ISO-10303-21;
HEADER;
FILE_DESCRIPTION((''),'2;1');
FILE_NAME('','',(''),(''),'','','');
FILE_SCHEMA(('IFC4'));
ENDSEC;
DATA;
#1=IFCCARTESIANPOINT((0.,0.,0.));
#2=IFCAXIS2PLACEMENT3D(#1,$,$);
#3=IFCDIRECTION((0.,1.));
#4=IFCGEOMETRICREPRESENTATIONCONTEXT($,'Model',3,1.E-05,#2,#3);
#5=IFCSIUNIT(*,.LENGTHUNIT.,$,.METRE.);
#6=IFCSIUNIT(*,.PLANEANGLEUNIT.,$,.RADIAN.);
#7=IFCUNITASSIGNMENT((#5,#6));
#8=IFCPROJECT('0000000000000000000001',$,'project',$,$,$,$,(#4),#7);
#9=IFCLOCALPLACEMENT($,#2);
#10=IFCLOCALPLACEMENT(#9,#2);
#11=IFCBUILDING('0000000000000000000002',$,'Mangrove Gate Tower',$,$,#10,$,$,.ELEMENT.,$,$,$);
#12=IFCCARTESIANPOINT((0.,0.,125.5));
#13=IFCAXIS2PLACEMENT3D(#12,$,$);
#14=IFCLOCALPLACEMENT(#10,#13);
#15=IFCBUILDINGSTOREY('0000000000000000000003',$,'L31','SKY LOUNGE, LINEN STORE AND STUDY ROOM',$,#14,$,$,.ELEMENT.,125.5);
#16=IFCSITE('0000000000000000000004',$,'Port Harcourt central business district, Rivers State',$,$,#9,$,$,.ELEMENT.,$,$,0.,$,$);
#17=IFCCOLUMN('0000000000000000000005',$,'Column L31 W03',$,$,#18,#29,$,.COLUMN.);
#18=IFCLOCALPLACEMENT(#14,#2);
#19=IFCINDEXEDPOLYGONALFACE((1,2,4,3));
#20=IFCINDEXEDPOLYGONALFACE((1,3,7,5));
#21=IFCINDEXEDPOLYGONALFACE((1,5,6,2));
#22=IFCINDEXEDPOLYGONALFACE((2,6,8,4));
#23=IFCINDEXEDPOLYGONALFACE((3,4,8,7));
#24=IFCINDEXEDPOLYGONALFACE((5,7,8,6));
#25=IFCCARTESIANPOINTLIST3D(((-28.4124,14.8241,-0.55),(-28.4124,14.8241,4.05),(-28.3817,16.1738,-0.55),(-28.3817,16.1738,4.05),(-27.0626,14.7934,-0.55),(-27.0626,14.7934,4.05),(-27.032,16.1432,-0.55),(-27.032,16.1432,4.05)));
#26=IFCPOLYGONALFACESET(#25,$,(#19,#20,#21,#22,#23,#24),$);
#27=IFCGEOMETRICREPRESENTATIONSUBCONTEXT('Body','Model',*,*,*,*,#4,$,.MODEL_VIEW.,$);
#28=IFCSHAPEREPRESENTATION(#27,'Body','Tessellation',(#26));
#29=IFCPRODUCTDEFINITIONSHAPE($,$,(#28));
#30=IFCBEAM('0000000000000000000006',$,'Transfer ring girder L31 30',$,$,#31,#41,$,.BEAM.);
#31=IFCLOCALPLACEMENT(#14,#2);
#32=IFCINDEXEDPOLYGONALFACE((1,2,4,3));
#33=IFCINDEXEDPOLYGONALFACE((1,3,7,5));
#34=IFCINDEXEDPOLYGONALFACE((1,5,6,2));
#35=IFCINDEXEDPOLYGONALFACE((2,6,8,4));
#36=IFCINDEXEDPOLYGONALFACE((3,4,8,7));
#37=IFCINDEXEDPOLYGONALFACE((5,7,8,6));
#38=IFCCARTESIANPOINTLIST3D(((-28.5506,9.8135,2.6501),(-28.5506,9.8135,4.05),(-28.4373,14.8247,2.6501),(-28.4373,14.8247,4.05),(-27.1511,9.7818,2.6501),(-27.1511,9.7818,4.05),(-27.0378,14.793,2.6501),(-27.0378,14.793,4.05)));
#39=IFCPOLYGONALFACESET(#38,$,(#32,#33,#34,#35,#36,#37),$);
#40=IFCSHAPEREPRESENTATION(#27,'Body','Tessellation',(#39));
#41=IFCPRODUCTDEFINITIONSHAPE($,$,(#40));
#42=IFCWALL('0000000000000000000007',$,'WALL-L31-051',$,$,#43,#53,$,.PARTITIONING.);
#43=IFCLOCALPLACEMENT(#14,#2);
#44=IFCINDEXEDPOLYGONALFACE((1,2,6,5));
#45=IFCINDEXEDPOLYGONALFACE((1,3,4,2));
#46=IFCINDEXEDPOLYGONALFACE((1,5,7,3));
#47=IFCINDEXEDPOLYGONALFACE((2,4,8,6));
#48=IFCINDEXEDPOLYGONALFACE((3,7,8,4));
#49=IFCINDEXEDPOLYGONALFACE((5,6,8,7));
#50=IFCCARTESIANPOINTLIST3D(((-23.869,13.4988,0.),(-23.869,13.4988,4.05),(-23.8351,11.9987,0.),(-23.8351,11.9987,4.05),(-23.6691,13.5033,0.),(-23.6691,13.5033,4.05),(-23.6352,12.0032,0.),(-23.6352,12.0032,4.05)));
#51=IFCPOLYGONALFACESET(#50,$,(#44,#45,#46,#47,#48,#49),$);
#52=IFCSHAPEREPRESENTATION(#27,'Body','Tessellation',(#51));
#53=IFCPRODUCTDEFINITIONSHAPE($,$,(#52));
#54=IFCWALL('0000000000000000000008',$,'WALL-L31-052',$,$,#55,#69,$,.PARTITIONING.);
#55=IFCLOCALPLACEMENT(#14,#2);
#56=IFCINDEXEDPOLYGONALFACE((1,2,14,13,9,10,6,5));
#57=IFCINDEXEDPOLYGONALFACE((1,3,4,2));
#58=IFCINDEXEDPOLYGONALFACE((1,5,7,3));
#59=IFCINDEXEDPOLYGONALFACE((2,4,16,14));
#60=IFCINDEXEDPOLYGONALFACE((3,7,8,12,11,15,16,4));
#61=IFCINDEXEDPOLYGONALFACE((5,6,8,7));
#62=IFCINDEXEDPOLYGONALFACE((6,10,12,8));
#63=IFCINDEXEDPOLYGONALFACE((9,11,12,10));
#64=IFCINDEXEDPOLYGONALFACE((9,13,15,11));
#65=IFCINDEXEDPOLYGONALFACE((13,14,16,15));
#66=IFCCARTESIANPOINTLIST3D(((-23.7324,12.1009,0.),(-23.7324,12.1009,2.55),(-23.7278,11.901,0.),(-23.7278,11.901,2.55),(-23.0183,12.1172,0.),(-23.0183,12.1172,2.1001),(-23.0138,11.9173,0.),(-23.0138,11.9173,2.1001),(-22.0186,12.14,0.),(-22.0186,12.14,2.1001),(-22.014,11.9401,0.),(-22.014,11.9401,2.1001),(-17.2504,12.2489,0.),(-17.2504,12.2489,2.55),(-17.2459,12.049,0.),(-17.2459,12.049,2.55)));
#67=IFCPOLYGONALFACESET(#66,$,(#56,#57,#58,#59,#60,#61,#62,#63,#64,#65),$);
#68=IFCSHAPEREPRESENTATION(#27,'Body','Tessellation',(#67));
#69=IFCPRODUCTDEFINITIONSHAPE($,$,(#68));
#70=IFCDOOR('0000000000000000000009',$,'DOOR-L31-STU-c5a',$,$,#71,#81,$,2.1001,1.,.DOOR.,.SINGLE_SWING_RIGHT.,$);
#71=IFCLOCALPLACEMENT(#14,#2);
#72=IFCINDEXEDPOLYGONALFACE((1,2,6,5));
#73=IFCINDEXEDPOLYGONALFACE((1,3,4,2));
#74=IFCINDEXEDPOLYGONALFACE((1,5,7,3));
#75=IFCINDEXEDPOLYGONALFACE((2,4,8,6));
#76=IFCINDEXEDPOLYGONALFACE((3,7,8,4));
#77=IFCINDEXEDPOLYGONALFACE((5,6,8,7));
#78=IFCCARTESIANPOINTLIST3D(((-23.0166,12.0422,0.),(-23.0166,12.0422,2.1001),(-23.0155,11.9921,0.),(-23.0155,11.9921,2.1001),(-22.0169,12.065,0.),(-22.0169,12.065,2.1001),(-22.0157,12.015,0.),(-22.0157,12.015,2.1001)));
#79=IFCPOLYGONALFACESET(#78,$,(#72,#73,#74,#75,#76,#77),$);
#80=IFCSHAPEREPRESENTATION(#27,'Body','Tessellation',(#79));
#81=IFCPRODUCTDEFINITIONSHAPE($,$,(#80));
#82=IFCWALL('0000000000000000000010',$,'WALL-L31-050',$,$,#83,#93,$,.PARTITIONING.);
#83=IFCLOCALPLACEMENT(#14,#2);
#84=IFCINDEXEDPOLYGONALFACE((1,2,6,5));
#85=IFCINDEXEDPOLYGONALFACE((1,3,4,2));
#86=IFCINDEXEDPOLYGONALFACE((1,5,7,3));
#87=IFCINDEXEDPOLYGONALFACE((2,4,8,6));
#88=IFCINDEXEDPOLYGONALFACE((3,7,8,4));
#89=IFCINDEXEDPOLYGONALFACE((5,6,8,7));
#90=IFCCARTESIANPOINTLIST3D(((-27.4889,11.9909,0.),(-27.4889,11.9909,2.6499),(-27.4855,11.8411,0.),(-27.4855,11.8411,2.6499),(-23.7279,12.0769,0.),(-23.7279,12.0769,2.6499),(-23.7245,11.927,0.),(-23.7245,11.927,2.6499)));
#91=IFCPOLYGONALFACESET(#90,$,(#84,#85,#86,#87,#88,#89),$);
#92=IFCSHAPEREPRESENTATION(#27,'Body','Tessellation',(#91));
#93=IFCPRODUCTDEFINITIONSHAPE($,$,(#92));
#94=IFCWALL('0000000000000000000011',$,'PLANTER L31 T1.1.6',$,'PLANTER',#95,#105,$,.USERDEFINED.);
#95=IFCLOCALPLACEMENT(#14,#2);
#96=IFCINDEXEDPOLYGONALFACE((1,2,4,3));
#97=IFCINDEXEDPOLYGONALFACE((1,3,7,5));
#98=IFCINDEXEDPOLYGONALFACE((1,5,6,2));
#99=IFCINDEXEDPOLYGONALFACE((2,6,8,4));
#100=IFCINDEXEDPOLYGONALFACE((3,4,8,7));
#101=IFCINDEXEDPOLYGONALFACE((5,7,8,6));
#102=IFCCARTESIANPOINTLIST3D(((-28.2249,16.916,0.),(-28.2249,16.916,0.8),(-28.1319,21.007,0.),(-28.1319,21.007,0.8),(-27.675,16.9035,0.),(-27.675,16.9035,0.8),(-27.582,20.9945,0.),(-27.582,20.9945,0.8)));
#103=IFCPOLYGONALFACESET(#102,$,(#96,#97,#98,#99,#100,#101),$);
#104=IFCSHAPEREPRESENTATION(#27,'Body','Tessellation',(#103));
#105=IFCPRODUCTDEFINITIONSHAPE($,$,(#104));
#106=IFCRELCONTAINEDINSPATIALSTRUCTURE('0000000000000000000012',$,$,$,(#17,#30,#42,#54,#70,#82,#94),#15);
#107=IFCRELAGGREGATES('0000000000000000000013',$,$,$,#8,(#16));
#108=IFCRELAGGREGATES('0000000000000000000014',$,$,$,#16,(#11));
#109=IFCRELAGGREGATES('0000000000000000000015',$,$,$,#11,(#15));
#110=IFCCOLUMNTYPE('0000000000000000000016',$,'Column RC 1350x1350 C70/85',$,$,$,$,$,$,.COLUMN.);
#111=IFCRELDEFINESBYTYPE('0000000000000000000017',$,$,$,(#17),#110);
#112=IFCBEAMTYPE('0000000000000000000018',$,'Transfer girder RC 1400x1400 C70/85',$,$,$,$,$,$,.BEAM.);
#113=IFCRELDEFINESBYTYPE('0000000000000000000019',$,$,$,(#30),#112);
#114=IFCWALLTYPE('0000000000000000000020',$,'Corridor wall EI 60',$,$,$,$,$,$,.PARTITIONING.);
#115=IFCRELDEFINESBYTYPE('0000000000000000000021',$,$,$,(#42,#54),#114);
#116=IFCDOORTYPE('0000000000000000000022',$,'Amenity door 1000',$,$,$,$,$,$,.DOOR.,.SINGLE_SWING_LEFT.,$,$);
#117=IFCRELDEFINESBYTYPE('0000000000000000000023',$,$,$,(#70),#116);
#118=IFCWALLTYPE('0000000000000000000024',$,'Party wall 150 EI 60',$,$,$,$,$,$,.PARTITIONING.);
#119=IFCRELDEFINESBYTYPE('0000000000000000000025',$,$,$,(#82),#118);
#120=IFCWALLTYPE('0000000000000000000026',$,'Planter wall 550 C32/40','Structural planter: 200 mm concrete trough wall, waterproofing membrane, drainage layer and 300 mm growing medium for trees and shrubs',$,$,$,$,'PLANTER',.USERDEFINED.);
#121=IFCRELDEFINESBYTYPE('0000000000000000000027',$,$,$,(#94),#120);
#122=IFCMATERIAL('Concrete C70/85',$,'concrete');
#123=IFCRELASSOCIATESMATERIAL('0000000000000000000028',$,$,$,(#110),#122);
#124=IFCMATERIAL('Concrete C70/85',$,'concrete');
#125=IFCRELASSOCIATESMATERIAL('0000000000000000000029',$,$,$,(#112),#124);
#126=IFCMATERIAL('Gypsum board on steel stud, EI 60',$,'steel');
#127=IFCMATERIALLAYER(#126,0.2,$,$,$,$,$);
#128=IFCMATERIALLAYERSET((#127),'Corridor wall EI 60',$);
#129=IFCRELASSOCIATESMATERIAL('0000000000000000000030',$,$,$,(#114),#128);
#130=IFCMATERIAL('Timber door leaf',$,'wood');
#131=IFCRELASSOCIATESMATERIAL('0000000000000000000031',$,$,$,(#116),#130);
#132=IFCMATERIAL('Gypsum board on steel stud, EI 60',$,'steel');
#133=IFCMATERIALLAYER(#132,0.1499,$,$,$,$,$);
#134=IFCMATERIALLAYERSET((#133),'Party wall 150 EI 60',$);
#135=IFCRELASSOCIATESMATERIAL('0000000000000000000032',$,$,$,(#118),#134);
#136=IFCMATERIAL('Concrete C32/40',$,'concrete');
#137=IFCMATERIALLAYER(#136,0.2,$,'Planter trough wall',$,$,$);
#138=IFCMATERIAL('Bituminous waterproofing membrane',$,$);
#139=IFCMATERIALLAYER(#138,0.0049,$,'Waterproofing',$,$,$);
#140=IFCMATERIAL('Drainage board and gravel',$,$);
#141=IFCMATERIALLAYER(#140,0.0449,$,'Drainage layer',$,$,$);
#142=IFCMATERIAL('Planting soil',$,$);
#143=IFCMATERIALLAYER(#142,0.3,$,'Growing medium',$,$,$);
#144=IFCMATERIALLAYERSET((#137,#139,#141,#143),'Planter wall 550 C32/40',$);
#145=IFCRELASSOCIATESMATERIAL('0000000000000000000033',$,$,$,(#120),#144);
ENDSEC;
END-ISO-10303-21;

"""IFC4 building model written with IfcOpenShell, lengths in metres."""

from ifc_helpers import new_model, si_unit, direction, frame, frame_2d, origin, origin_2d, place, context, subcontext, project, spatial, rectangle, extrude, material, layer, layer_set, material_profile, profile_set, type_object, element, fill, save


model = new_model("IFC4")

# Units and contexts
model_context = context("Model", 3, precision=1e-05, world=origin(), true_north=direction((0.0, 1.0)))
body_context = subcontext(model_context, "Body", "Model", "MODEL_VIEW")
ifc_project = project(units=[si_unit("LENGTHUNIT", "METRE"), si_unit("PLANEANGLEUNIT", "RADIAN")], contexts=[model_context])

# Site, building, storey
site_placement = place(None, origin())
site = spatial("IfcSite", under=ifc_project, at=site_placement, Name="Port Harcourt central business district, Rivers State", CompositionType="ELEMENT", RefElevation=0.0)
building_placement = place(site_placement, origin())
building = spatial("IfcBuilding", under=site, at=building_placement, Name="Mangrove Gate Tower", CompositionType="ELEMENT")
storey_placement = place(building_placement, frame((0.0, 0.0, 125.5)))
storey = spatial("IfcBuildingStorey", under=building, at=storey_placement, Name="L31", Description="SKY LOUNGE, LINEN STORE AND STUDY ROOM", CompositionType="ELEMENT", Elevation=125.5)

# Column
ifc_material_1 = material(Name="Concrete C70/85", Category="concrete")
ifc_material_profile_1 = material_profile(ifc_material_1, rectangle(XDim=1.3501, YDim=1.3501, at=origin_2d()))
ifc_profile_set_1 = profile_set([ifc_material_profile_1], Name="Concrete C70/85")
column_type = type_object("IfcColumnType", Name="Column RC 1350x1350 C70/85", PredefinedType="COLUMN", material=ifc_profile_set_1)
column_placement = place(storey_placement, frame((-27.7222, 15.4836, -0.55), z_axis=(0.0, 0.0, 1.0), x_axis=(-0.022711, -0.999742, 0.0)))
element("IfcColumn", 1, at=column_placement, inside=storey, type_object=column_type, Name="Column L31 W03", PredefinedType="COLUMN", context=body_context, shape_type="SweptSolid", body=[
    extrude(rectangle(XDim=1.3501, YDim=1.3501, at=origin_2d()), origin(), (0.0, 0.0, 1.0), 4.6001),
])

# Beam
ifc_material_2 = material(Name="Concrete C70/85", Category="concrete")
ifc_material_profile_2 = material_profile(ifc_material_2, rectangle(XDim=1.3999, YDim=1.3999, at=origin_2d()))
ifc_profile_set_2 = profile_set([ifc_material_profile_2], Name="Concrete C70/85")
beam_type = type_object("IfcBeamType", Name="Transfer girder RC 1400x1400 C70/85", PredefinedType="BEAM", material=ifc_profile_set_2)
beam_placement = place(storey_placement, frame((-27.7375, 14.8088, 3.3501), z_axis=(-0.0226, -0.999745, 0.0), x_axis=(0.999745, -0.0226, 0.0)))
element("IfcBeam", 2, at=beam_placement, inside=storey, type_object=beam_type, Name="Transfer ring girder L31 30", PredefinedType="BEAM", context=body_context, shape_type="SweptSolid", body=[
    extrude(rectangle(XDim=1.3999, YDim=1.3999, at=origin_2d()), origin(), (0.0, 0.0, 1.0), 5.0125),
])

# Wall
ifc_material_3 = material(Name="Gypsum board on steel stud, EI 60", Category="steel")
ifc_layer_1 = layer(ifc_material_3, 0.2)
ifc_layer_set_1 = layer_set([ifc_layer_1], Name="Corridor wall EI 60")
wall_type_1 = type_object("IfcWallType", Name="Corridor wall EI 60", PredefinedType="PARTITIONING", material=ifc_layer_set_1)
wall_1_placement = place(storey_placement, frame((-23.7351, 12.001, 0.0), z_axis=(0.0, 0.0, 1.0), x_axis=(-0.022618, 0.999744, 0.0)))
element("IfcWall", 3, at=wall_1_placement, inside=storey, type_object=wall_type_1, Name="WALL-L31-051", PredefinedType="PARTITIONING", context=body_context, shape_type="SweptSolid", body=[
    extrude(rectangle(XDim=1.5005, YDim=0.2, at=frame_2d((0.7502, 0.0))), origin(), (0.0, 0.0, 1.0), 4.05),
])

# Wall, opening, door
wall_2_placement = place(storey_placement, frame((-23.73, 12.001, 0.0), z_axis=(0.0, 0.0, 1.0), x_axis=(0.99974, 0.022819, 0.0)))
wall_2 = element("IfcWall", 4, at=wall_2_placement, inside=storey, type_object=wall_type_1, Name="WALL-L31-052", PredefinedType="PARTITIONING", context=body_context, shape_type="SweptSolid", body=[
    extrude(rectangle(XDim=6.4836, YDim=0.2, at=frame_2d((3.2417, 0.0))), origin(), (0.0, 0.0, 1.0), 2.55),
])
opening_1_placement = place(wall_2_placement, frame((0.7141, 0.0, 0.0)))
opening_1 = element("IfcOpeningElement", 5, at=opening_1_placement, cuts=wall_2, PredefinedType="OPENING", context=body_context, shape_type="SweptSolid", body=[
    extrude(rectangle(XDim=1.0, YDim=2.1001, at=frame_2d((0.5, 1.05))), frame((0.0, 0.1099, 0.0), z_axis=(0.0, -1.0, 0.0), x_axis=(1.0, 0.0, 0.0)), (0.0, 0.0, 1.0), 0.22),
])
ifc_material_4 = material(Name="Timber door leaf", Category="wood")
door_type_1 = type_object("IfcDoorType", Name="Amenity door 1000", OperationType="SINGLE_SWING_LEFT", PredefinedType="DOOR", material=ifc_material_4)
door_1_placement = place(opening_1_placement, origin())
door_1 = element("IfcDoor", 6, at=door_1_placement, inside=storey, type_object=door_type_1, Name="DOOR-L31-STU-c5a", OperationType="SINGLE_SWING_RIGHT", OverallHeight=2.1001, OverallWidth=1.0, PredefinedType="DOOR", context=body_context, shape_type="SweptSolid", body=[
    extrude(rectangle(XDim=1.0, YDim=2.1001, at=frame_2d((0.5, 1.05))), frame((0.0, 0.0249, 0.0), z_axis=(0.0, -1.0, 0.0), x_axis=(1.0, 0.0, 0.0)), (0.0, 0.0, 1.0), 0.05),
])
fill(opening_1, door_1)

# Walls
ifc_material_5 = material(Name="Gypsum board on steel stud, EI 60", Category="steel")
ifc_layer_2 = layer(ifc_material_5, 0.1499)
ifc_layer_set_2 = layer_set([ifc_layer_2], Name="Party wall 150 EI 60")
wall_type_2 = type_object("IfcWallType", Name="Party wall 150 EI 60", PredefinedType="PARTITIONING", material=ifc_layer_set_2)
wall_3_placement = place(storey_placement, frame((-27.4871, 11.916, 0.0), z_axis=(0.0, 0.0, 1.0), x_axis=(0.999739, 0.022844, 0.0)))
element("IfcWall", 7, at=wall_3_placement, inside=storey, type_object=wall_type_2, Name="WALL-L31-050", PredefinedType="PARTITIONING", context=body_context, shape_type="SweptSolid", body=[
    extrude(rectangle(XDim=3.762, YDim=0.1499, at=frame_2d((1.8809, 0.0))), origin(), (0.0, 0.0, 1.0), 2.6499),
])
ifc_material_6 = material(Name="Concrete C32/40", Category="concrete")
ifc_layer_3 = layer(ifc_material_6, 0.2, Name="Planter trough wall")
ifc_material_7 = material(Name="Bituminous waterproofing membrane")
ifc_layer_4 = layer(ifc_material_7, 0.0049, Name="Waterproofing")
ifc_material_8 = material(Name="Drainage board and gravel")
ifc_layer_5 = layer(ifc_material_8, 0.0449, Name="Drainage layer")
ifc_material_9 = material(Name="Planting soil")
ifc_layer_6 = layer(ifc_material_9, 0.3, Name="Growing medium")
ifc_layer_set_3 = layer_set([ifc_layer_3, ifc_layer_4, ifc_layer_5, ifc_layer_6], Name="Planter wall 550 C32/40")
wall_type_3 = type_object("IfcWallType", Name="Planter wall 550 C32/40", Description="Structural planter: 200 mm concrete trough wall, waterproofing membrane, drainage layer and 300 mm growing medium for trees and shrubs", ElementType="PLANTER", PredefinedType="USERDEFINED", material=ifc_layer_set_3)
wall_4_placement = place(storey_placement, frame((-27.95, 16.9099, 0.0), z_axis=(0.0, 0.0, 1.0), x_axis=(0.022731, 0.999742, 0.0)))
element("IfcWall", 8, at=wall_4_placement, inside=storey, type_object=wall_type_3, Name="PLANTER L31 T1.1.6", ObjectType="PLANTER", PredefinedType="USERDEFINED", context=body_context, shape_type="SweptSolid", body=[
    extrude(rectangle(XDim=4.092, YDim=0.55, at=frame_2d((2.0459, 0.0))), origin(), (0.0, 0.0, 1.0), 0.8),
])

save(model, "model.ifc")
